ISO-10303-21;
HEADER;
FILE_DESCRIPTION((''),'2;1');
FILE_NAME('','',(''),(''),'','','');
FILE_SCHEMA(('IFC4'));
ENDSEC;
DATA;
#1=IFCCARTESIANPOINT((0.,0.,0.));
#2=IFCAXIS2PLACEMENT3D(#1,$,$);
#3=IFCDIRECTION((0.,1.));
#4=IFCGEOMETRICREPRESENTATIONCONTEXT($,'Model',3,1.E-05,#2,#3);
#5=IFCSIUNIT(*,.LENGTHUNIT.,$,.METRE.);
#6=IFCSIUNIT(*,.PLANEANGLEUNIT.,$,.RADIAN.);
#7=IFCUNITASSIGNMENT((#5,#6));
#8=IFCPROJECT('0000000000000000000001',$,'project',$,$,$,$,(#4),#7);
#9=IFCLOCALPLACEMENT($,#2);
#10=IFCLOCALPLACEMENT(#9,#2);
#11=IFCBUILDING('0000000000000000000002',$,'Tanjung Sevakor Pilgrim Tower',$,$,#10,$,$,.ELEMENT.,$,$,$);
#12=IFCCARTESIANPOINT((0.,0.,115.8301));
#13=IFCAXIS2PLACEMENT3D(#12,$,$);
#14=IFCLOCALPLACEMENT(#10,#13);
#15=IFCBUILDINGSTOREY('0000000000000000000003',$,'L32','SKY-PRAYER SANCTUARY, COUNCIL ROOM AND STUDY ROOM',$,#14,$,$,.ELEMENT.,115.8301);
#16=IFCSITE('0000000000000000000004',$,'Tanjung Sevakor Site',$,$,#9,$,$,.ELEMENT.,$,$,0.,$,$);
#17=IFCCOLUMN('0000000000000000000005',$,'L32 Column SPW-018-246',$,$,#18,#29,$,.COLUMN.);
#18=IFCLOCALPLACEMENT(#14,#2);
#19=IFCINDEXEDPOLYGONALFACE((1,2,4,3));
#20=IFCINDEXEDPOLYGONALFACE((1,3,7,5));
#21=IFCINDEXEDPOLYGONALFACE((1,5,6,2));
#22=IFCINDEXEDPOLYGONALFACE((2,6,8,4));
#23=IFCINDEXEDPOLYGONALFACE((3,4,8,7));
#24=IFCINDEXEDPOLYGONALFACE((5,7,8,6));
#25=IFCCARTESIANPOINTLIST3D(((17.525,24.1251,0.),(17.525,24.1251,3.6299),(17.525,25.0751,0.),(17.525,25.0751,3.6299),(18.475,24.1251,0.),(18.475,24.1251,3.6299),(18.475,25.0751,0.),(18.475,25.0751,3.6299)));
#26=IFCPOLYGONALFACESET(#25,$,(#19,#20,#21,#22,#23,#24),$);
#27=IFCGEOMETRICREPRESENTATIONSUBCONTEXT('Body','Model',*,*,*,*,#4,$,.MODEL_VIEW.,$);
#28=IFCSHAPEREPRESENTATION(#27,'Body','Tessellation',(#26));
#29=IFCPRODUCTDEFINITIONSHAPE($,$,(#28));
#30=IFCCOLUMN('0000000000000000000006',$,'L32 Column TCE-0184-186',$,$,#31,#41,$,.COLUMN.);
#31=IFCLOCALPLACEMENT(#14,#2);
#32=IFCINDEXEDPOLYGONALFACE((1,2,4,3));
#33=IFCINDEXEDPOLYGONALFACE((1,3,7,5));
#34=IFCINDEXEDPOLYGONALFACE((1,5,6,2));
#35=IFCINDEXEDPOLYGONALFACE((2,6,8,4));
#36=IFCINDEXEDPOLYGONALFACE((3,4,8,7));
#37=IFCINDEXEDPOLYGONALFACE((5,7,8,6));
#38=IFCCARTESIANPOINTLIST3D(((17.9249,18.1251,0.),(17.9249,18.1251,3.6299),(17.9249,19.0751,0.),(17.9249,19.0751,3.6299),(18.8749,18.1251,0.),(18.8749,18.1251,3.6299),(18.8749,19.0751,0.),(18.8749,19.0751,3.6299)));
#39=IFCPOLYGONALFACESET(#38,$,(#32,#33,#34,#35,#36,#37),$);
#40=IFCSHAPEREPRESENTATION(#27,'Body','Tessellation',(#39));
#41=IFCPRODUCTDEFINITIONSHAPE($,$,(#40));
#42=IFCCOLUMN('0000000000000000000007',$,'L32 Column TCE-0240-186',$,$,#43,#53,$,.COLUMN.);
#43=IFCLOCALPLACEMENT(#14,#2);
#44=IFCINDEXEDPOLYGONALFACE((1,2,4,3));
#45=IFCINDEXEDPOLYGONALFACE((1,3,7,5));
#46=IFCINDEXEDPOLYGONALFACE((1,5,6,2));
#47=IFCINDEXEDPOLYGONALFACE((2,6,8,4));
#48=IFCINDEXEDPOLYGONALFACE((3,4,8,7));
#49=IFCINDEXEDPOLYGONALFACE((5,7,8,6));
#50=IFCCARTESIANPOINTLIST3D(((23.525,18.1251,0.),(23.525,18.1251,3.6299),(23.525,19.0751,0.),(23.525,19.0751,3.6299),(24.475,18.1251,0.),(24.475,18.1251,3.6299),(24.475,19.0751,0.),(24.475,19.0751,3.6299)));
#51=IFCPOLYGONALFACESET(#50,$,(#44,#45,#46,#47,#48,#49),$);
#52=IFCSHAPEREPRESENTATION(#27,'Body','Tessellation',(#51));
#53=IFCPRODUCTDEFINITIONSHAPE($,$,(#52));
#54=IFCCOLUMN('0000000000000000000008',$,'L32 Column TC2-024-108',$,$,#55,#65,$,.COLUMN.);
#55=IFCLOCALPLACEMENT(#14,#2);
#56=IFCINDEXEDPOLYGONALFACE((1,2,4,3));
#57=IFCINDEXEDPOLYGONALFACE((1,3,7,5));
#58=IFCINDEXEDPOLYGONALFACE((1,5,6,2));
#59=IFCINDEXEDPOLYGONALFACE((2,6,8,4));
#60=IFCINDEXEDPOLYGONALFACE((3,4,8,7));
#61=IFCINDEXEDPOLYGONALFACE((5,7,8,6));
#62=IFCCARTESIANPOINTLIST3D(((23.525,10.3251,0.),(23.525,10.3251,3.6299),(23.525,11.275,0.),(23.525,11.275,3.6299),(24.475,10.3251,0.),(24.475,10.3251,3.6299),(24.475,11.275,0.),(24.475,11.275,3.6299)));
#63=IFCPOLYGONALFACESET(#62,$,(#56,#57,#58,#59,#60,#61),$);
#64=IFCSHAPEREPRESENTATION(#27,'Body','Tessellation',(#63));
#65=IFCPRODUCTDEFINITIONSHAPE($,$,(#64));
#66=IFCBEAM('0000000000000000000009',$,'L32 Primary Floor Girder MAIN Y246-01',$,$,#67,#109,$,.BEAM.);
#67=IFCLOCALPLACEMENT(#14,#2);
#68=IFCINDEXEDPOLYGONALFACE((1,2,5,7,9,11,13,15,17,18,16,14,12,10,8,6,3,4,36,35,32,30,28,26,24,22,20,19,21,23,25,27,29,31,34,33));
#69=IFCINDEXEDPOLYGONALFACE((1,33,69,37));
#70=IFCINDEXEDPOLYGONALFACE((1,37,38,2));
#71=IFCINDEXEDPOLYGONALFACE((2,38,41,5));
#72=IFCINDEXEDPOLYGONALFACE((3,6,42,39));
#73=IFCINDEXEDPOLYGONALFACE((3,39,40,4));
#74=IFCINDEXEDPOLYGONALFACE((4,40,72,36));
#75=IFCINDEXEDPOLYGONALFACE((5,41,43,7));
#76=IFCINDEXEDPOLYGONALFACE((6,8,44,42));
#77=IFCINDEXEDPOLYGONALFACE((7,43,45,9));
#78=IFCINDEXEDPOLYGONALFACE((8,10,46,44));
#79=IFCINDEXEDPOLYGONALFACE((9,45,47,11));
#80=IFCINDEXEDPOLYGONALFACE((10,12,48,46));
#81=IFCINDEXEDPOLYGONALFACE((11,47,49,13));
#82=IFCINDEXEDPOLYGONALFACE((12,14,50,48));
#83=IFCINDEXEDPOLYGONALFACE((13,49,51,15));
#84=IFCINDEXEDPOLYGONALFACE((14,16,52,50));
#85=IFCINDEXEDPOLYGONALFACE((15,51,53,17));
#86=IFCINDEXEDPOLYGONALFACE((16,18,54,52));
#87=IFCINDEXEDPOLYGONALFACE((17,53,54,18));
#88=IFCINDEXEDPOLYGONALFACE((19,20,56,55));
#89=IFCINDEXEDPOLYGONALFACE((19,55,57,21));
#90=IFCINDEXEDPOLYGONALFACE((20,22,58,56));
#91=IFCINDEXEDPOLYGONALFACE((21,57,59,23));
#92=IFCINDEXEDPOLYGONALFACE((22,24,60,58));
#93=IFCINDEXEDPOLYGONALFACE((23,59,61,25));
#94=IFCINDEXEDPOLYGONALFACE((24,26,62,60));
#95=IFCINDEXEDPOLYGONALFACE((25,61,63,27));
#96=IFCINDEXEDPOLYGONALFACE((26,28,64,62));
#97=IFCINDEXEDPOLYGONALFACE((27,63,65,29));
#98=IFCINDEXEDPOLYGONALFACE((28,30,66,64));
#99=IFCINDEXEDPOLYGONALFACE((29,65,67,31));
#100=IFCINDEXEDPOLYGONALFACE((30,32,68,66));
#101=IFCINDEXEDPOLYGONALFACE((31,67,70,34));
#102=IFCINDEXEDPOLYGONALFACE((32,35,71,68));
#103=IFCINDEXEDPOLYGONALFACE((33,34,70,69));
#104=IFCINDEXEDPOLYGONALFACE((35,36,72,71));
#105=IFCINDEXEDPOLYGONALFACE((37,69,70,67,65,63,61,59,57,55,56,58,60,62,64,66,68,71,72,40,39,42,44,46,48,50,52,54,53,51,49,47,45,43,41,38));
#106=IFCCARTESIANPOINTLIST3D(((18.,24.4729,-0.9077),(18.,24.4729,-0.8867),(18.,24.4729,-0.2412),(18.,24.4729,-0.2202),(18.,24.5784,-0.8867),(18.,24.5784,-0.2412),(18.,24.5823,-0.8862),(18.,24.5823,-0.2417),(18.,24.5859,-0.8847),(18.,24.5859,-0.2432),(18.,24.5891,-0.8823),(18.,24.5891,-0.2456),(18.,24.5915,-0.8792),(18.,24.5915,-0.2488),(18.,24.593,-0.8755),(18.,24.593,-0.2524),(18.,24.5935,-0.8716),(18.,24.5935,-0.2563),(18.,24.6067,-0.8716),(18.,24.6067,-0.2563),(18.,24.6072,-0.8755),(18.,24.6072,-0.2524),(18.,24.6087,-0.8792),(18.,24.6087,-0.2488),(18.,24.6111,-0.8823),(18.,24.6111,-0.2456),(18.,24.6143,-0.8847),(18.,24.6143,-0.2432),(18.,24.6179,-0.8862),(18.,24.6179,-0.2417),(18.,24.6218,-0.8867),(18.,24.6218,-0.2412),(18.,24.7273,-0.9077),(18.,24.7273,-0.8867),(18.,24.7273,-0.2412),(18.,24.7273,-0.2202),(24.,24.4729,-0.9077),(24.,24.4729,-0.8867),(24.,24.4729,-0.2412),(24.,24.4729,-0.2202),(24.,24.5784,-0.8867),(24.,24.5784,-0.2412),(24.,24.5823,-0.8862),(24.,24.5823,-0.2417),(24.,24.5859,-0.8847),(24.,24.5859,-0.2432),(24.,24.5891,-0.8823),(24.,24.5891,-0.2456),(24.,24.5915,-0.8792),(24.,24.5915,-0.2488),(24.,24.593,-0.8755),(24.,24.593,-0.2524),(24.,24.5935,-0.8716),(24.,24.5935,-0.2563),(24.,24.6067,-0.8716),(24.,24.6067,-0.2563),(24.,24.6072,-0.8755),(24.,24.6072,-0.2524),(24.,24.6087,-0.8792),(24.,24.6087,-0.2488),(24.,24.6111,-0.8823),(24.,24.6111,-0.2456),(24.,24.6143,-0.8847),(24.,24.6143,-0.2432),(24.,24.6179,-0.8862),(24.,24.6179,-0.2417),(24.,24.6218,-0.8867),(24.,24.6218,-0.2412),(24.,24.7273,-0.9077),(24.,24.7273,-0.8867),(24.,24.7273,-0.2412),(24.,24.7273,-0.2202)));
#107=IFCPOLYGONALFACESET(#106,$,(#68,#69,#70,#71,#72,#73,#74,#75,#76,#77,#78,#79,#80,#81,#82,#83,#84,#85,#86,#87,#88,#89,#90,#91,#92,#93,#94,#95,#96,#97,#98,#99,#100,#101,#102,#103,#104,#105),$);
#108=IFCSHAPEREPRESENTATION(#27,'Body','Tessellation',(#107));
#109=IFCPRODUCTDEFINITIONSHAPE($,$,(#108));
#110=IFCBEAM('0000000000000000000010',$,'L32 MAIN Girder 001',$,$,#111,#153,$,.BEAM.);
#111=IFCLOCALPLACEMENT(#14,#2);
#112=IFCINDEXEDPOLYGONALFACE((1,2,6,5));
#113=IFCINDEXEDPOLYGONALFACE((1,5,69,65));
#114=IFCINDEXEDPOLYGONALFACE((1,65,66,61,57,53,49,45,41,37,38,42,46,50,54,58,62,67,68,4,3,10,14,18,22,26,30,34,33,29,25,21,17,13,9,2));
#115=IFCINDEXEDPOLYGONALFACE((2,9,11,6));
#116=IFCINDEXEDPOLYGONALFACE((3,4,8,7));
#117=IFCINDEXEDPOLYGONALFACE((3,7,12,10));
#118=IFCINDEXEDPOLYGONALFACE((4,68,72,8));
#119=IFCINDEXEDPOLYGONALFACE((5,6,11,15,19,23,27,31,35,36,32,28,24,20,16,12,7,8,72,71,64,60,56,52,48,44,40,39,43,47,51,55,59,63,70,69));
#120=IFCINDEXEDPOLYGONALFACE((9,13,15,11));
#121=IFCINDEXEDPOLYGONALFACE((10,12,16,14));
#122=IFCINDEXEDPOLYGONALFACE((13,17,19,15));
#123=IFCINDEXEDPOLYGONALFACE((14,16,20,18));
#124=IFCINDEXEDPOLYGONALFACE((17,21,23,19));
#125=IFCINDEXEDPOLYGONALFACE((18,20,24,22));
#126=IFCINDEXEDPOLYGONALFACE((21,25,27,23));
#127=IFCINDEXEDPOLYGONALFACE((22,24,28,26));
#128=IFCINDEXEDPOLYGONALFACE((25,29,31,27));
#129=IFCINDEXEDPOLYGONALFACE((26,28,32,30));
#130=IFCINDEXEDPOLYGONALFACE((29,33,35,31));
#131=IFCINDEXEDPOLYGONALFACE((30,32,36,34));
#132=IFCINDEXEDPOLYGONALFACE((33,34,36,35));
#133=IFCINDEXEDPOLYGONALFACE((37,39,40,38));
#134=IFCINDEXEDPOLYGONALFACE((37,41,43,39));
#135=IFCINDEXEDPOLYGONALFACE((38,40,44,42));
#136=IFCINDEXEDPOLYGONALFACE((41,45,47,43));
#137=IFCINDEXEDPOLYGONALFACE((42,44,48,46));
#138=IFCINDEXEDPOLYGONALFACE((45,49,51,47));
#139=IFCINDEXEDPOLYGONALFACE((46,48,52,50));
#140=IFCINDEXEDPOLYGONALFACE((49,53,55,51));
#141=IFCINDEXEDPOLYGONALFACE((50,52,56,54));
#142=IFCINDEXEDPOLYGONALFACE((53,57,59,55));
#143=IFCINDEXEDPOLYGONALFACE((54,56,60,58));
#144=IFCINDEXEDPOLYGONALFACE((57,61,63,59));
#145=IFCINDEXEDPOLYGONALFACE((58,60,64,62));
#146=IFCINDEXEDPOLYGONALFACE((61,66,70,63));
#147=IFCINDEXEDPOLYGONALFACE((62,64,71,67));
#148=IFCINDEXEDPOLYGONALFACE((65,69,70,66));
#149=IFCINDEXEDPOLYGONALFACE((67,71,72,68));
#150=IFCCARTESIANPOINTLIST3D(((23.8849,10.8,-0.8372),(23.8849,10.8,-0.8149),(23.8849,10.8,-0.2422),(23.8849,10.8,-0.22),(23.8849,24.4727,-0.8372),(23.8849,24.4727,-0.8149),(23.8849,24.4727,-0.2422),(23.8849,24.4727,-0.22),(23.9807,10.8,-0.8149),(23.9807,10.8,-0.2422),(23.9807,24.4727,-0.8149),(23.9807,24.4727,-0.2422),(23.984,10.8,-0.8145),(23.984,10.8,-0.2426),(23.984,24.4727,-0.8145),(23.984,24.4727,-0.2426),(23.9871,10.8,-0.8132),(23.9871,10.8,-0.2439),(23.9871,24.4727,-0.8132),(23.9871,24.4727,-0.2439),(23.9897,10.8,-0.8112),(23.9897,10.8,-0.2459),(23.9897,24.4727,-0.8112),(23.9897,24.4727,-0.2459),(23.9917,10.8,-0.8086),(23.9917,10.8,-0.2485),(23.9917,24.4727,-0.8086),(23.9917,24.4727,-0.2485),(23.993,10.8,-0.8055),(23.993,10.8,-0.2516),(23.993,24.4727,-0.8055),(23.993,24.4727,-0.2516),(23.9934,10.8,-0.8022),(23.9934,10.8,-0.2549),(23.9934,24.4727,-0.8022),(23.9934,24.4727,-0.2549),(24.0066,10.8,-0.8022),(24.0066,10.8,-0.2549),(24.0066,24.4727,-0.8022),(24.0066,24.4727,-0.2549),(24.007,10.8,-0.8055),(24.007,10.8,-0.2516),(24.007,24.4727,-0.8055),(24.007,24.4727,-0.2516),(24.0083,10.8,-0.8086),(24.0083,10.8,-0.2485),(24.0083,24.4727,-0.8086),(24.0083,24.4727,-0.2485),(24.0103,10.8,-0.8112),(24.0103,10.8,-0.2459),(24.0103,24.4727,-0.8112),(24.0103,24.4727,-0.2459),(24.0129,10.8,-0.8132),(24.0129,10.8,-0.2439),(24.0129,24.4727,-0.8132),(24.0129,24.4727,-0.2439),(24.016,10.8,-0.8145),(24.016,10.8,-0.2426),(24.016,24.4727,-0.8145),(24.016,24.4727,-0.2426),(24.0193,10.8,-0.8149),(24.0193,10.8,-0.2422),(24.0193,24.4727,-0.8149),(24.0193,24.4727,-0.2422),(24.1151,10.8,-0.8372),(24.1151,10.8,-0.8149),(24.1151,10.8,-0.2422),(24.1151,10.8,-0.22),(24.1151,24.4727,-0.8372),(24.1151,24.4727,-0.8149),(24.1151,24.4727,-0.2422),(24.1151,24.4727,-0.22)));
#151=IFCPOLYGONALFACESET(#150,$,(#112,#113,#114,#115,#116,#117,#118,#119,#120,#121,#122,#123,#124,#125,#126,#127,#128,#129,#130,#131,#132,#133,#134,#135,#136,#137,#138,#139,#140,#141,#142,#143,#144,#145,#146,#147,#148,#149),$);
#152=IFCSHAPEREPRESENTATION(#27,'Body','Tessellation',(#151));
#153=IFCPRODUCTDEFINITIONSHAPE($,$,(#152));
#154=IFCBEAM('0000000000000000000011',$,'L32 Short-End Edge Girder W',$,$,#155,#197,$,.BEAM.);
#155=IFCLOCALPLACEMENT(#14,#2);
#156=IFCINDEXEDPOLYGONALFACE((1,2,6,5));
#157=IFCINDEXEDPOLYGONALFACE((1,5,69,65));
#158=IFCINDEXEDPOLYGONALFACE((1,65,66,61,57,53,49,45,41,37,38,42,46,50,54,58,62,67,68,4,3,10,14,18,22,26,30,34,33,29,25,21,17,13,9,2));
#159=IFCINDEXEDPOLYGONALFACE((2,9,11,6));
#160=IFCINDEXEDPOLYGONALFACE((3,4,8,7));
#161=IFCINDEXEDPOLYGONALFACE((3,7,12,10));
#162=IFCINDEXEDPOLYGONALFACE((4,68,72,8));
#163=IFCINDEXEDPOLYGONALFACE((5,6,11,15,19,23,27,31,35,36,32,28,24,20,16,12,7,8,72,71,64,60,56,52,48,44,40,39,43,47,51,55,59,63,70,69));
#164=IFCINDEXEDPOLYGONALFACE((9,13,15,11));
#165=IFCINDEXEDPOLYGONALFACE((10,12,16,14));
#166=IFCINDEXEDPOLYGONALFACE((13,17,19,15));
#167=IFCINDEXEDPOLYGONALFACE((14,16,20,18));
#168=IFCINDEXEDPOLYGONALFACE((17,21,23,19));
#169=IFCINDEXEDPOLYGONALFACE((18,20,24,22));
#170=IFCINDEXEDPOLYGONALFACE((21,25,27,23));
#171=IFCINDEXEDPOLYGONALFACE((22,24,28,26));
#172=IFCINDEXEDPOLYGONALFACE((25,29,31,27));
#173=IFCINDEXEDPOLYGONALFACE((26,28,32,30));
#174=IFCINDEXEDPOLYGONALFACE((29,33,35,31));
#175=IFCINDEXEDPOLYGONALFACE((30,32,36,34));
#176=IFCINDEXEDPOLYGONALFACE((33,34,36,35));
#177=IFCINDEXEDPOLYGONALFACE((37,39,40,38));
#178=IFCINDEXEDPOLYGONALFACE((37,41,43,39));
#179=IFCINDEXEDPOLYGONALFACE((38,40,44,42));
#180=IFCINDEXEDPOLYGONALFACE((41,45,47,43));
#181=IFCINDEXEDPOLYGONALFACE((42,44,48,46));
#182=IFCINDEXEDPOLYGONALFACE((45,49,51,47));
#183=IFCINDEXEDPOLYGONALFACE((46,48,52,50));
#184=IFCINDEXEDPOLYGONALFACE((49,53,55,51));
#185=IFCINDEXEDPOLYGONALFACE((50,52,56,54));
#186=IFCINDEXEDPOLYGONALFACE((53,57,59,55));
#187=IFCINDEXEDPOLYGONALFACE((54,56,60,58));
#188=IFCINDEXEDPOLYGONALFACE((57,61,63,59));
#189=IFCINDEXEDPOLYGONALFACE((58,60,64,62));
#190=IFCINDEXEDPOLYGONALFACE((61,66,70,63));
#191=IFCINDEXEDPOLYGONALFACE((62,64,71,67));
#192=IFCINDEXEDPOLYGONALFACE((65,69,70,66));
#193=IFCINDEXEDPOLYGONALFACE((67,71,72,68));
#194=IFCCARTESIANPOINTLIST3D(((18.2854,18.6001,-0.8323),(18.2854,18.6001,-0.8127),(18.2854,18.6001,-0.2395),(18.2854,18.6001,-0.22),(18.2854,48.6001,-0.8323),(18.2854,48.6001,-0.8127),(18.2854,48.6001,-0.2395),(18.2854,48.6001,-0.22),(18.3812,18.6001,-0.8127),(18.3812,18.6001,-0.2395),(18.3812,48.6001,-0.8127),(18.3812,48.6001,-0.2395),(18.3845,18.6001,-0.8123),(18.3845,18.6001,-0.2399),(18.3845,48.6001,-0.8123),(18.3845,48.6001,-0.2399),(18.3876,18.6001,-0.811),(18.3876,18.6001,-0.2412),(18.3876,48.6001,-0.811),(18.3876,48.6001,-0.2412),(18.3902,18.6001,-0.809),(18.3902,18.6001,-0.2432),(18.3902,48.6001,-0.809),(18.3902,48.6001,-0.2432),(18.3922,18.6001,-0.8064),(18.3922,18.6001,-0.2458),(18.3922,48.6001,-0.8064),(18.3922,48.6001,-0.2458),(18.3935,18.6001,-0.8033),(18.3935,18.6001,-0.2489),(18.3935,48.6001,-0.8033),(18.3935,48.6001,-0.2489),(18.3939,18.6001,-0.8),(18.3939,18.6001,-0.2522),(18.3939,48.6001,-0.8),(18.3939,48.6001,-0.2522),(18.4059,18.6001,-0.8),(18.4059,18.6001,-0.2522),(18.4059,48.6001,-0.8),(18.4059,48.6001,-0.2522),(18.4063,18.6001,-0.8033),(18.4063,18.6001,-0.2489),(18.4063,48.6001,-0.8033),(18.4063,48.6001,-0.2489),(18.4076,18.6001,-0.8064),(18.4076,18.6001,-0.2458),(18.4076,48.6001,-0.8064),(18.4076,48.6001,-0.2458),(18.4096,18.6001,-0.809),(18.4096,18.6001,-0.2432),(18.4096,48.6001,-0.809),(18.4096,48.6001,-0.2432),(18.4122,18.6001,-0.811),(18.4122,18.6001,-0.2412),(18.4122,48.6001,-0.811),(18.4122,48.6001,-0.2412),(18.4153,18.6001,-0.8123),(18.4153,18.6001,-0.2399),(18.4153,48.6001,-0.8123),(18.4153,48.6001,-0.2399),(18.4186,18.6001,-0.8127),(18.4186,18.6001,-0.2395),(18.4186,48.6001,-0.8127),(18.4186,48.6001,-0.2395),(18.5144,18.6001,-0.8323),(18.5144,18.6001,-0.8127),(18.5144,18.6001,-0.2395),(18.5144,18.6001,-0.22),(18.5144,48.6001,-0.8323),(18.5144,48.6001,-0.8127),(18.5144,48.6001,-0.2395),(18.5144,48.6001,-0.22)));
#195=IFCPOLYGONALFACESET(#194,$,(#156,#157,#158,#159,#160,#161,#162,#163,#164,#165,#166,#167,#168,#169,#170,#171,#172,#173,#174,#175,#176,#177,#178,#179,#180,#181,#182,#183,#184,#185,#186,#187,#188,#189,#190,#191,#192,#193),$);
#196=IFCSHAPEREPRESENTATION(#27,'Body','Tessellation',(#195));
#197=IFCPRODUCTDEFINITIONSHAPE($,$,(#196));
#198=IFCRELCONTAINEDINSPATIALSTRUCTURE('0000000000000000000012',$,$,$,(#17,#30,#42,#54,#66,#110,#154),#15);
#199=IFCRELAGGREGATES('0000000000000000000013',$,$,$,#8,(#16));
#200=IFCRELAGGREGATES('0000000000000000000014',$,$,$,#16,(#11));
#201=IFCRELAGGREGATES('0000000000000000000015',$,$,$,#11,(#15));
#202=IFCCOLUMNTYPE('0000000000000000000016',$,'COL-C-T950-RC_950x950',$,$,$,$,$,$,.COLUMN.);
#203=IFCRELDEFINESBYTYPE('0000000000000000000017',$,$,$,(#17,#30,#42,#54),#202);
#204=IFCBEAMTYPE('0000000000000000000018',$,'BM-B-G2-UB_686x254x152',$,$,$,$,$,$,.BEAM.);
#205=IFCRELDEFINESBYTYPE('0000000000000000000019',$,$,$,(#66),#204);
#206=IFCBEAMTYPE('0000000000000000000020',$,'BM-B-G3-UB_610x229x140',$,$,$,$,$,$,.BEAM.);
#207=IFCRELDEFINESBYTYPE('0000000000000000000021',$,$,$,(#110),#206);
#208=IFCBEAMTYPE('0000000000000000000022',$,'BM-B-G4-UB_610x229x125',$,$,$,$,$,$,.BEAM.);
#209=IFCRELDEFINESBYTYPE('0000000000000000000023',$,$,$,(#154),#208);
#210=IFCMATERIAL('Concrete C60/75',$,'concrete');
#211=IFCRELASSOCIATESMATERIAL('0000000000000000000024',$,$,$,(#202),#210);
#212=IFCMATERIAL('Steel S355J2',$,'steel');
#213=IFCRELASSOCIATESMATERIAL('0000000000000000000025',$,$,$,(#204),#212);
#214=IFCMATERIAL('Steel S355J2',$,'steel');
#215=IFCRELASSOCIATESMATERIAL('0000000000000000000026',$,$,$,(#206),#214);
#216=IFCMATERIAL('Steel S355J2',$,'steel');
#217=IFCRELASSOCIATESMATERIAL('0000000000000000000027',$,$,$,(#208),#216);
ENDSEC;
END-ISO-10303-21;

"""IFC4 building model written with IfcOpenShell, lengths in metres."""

from ifc_helpers import new_model, si_unit, direction, frame, origin, origin_2d, place, context, subcontext, project, spatial, rectangle, i_section, extrude, material, material_profile, profile_set, type_object, element, save


model = new_model("IFC4")

# Units and contexts
model_context = context("Model", 3, precision=1e-05, world=origin(), true_north=direction((0.0, 1.0)))
body_context = subcontext(model_context, "Body", "Model", "MODEL_VIEW")
ifc_project = project(units=[si_unit("LENGTHUNIT", "METRE"), si_unit("PLANEANGLEUNIT", "RADIAN")], contexts=[model_context])

# Site, building, storey
site_placement = place(None, origin())
site = spatial("IfcSite", under=ifc_project, at=site_placement, Name="Tanjung Sevakor Site", CompositionType="ELEMENT", RefElevation=0.0)
building_placement = place(site_placement, origin())
building = spatial("IfcBuilding", under=site, at=building_placement, Name="Tanjung Sevakor Pilgrim Tower", CompositionType="ELEMENT")
storey_placement = place(building_placement, frame((0.0, 0.0, 115.8301)))
storey = spatial("IfcBuildingStorey", under=building, at=storey_placement, Name="L32", Description="SKY-PRAYER SANCTUARY, COUNCIL ROOM AND STUDY ROOM", CompositionType="ELEMENT", Elevation=115.8301)

# Columns
ifc_material_1 = material(Name="Concrete C60/75", Category="concrete")
ifc_material_profile_1 = material_profile(ifc_material_1, rectangle(XDim=0.95, YDim=0.95, at=origin_2d()))
ifc_profile_set_1 = profile_set([ifc_material_profile_1], Name="Concrete C60/75")
column_type = type_object("IfcColumnType", Name="COL-C-T950-RC_950x950", PredefinedType="COLUMN", material=ifc_profile_set_1)
for number, where, z_axis, x_axis, name in (
    (1, (18.0, 24.6001, 0.0), (0.0, 0.0, 1.0), (1.0, 0.0, 0.0), "L32 Column SPW-018-246"),
    (2, (18.3999, 18.6001, 0.0), (0.0, 0.0, 1.0), (1.0, 0.0, 0.0), "L32 Column TCE-0184-186"),
    (3, (24.0, 18.6001, 0.0), (0.0, 0.0, 1.0), (1.0, 0.0, 0.0), "L32 Column TCE-0240-186"),
    (4, (24.0, 10.8, 0.0), (0.0, 0.0, 1.0), (1.0, 0.0, 0.0), "L32 Column TC2-024-108"),
):
    element("IfcColumn", number, at=place(storey_placement, frame(where, z_axis=z_axis, x_axis=x_axis)), inside=storey, type_object=column_type, Name=name, PredefinedType="COLUMN", context=body_context, shape_type="SweptSolid", body=[
        extrude(rectangle(XDim=0.95, YDim=0.95, at=origin_2d()), origin(), (0.0, 0.0, 1.0), 3.6299),
    ])

# Beams
ifc_material_2 = material(Name="Steel S355J2", Category="steel")
ifc_material_profile_2 = material_profile(ifc_material_2, i_section(OverallWidth=0.2544, OverallDepth=0.6875, WebThickness=0.0132, FlangeThickness=0.021, FilletRadius=0.0151, at=origin_2d()))
ifc_profile_set_2 = profile_set([ifc_material_profile_2], Name="Steel S355J2")
beam_type_1 = type_object("IfcBeamType", Name="BM-B-G2-UB_686x254x152", PredefinedType="BEAM", material=ifc_profile_set_2)
beam_1_placement = place(storey_placement, frame((18.0, 24.6001, -0.564), z_axis=(1.0, 0.0, 0.0), x_axis=(0.0, 1.0, 0.0)))
element("IfcBeam", 5, at=beam_1_placement, inside=storey, type_object=beam_type_1, Name="L32 Primary Floor Girder MAIN Y246-01", PredefinedType="BEAM", context=body_context, shape_type="SweptSolid", body=[
    extrude(i_section(OverallWidth=0.2544, OverallDepth=0.6875, WebThickness=0.0132, FlangeThickness=0.021, FilletRadius=0.0151, at=origin_2d()), origin(), (0.0, 0.0, 1.0), 6.0),
])
ifc_material_3 = material(Name="Steel S355J2", Category="steel")
ifc_material_profile_3 = material_profile(ifc_material_3, i_section(OverallWidth=0.2302, OverallDepth=0.6172, WebThickness=0.0132, FlangeThickness=0.0222, FilletRadius=0.0127, at=origin_2d()))
ifc_profile_set_3 = profile_set([ifc_material_profile_3], Name="Steel S355J2")
beam_type_2 = type_object("IfcBeamType", Name="BM-B-G3-UB_610x229x140", PredefinedType="BEAM", material=ifc_profile_set_3)
beam_2_placement = place(storey_placement, frame((24.0, 10.8, -0.5286), z_axis=(0.0, 1.0, 0.0), x_axis=(-1.0, 0.0, 0.0)))
element("IfcBeam", 6, at=beam_2_placement, inside=storey, type_object=beam_type_2, Name="L32 MAIN Girder 001", PredefinedType="BEAM", context=body_context, shape_type="SweptSolid", body=[
    extrude(i_section(OverallWidth=0.2302, OverallDepth=0.6172, WebThickness=0.0132, FlangeThickness=0.0222, FilletRadius=0.0127, at=origin_2d()), origin(), (0.0, 0.0, 1.0), 13.6726),
])
ifc_material_4 = material(Name="Steel S355J2", Category="steel")
ifc_material_profile_4 = material_profile(ifc_material_4, i_section(OverallWidth=0.229, OverallDepth=0.6123, WebThickness=0.012, FlangeThickness=0.0195, FilletRadius=0.0127, at=origin_2d()))
ifc_profile_set_4 = profile_set([ifc_material_profile_4], Name="Steel S355J2")
beam_type_3 = type_object("IfcBeamType", Name="BM-B-G4-UB_610x229x125", PredefinedType="BEAM", material=ifc_profile_set_4)
beam_3_placement = place(storey_placement, frame((18.3999, 18.6001, -0.5261), z_axis=(0.0, 1.0, 0.0), x_axis=(-1.0, 0.0, 0.0)))
element("IfcBeam", 7, at=beam_3_placement, inside=storey, type_object=beam_type_3, Name="L32 Short-End Edge Girder W", PredefinedType="BEAM", context=body_context, shape_type="SweptSolid", body=[
    extrude(i_section(OverallWidth=0.229, OverallDepth=0.6123, WebThickness=0.012, FlangeThickness=0.0195, FilletRadius=0.0127, at=origin_2d()), origin(), (0.0, 0.0, 1.0), 30.0),
])

save(model, "model.ifc")
